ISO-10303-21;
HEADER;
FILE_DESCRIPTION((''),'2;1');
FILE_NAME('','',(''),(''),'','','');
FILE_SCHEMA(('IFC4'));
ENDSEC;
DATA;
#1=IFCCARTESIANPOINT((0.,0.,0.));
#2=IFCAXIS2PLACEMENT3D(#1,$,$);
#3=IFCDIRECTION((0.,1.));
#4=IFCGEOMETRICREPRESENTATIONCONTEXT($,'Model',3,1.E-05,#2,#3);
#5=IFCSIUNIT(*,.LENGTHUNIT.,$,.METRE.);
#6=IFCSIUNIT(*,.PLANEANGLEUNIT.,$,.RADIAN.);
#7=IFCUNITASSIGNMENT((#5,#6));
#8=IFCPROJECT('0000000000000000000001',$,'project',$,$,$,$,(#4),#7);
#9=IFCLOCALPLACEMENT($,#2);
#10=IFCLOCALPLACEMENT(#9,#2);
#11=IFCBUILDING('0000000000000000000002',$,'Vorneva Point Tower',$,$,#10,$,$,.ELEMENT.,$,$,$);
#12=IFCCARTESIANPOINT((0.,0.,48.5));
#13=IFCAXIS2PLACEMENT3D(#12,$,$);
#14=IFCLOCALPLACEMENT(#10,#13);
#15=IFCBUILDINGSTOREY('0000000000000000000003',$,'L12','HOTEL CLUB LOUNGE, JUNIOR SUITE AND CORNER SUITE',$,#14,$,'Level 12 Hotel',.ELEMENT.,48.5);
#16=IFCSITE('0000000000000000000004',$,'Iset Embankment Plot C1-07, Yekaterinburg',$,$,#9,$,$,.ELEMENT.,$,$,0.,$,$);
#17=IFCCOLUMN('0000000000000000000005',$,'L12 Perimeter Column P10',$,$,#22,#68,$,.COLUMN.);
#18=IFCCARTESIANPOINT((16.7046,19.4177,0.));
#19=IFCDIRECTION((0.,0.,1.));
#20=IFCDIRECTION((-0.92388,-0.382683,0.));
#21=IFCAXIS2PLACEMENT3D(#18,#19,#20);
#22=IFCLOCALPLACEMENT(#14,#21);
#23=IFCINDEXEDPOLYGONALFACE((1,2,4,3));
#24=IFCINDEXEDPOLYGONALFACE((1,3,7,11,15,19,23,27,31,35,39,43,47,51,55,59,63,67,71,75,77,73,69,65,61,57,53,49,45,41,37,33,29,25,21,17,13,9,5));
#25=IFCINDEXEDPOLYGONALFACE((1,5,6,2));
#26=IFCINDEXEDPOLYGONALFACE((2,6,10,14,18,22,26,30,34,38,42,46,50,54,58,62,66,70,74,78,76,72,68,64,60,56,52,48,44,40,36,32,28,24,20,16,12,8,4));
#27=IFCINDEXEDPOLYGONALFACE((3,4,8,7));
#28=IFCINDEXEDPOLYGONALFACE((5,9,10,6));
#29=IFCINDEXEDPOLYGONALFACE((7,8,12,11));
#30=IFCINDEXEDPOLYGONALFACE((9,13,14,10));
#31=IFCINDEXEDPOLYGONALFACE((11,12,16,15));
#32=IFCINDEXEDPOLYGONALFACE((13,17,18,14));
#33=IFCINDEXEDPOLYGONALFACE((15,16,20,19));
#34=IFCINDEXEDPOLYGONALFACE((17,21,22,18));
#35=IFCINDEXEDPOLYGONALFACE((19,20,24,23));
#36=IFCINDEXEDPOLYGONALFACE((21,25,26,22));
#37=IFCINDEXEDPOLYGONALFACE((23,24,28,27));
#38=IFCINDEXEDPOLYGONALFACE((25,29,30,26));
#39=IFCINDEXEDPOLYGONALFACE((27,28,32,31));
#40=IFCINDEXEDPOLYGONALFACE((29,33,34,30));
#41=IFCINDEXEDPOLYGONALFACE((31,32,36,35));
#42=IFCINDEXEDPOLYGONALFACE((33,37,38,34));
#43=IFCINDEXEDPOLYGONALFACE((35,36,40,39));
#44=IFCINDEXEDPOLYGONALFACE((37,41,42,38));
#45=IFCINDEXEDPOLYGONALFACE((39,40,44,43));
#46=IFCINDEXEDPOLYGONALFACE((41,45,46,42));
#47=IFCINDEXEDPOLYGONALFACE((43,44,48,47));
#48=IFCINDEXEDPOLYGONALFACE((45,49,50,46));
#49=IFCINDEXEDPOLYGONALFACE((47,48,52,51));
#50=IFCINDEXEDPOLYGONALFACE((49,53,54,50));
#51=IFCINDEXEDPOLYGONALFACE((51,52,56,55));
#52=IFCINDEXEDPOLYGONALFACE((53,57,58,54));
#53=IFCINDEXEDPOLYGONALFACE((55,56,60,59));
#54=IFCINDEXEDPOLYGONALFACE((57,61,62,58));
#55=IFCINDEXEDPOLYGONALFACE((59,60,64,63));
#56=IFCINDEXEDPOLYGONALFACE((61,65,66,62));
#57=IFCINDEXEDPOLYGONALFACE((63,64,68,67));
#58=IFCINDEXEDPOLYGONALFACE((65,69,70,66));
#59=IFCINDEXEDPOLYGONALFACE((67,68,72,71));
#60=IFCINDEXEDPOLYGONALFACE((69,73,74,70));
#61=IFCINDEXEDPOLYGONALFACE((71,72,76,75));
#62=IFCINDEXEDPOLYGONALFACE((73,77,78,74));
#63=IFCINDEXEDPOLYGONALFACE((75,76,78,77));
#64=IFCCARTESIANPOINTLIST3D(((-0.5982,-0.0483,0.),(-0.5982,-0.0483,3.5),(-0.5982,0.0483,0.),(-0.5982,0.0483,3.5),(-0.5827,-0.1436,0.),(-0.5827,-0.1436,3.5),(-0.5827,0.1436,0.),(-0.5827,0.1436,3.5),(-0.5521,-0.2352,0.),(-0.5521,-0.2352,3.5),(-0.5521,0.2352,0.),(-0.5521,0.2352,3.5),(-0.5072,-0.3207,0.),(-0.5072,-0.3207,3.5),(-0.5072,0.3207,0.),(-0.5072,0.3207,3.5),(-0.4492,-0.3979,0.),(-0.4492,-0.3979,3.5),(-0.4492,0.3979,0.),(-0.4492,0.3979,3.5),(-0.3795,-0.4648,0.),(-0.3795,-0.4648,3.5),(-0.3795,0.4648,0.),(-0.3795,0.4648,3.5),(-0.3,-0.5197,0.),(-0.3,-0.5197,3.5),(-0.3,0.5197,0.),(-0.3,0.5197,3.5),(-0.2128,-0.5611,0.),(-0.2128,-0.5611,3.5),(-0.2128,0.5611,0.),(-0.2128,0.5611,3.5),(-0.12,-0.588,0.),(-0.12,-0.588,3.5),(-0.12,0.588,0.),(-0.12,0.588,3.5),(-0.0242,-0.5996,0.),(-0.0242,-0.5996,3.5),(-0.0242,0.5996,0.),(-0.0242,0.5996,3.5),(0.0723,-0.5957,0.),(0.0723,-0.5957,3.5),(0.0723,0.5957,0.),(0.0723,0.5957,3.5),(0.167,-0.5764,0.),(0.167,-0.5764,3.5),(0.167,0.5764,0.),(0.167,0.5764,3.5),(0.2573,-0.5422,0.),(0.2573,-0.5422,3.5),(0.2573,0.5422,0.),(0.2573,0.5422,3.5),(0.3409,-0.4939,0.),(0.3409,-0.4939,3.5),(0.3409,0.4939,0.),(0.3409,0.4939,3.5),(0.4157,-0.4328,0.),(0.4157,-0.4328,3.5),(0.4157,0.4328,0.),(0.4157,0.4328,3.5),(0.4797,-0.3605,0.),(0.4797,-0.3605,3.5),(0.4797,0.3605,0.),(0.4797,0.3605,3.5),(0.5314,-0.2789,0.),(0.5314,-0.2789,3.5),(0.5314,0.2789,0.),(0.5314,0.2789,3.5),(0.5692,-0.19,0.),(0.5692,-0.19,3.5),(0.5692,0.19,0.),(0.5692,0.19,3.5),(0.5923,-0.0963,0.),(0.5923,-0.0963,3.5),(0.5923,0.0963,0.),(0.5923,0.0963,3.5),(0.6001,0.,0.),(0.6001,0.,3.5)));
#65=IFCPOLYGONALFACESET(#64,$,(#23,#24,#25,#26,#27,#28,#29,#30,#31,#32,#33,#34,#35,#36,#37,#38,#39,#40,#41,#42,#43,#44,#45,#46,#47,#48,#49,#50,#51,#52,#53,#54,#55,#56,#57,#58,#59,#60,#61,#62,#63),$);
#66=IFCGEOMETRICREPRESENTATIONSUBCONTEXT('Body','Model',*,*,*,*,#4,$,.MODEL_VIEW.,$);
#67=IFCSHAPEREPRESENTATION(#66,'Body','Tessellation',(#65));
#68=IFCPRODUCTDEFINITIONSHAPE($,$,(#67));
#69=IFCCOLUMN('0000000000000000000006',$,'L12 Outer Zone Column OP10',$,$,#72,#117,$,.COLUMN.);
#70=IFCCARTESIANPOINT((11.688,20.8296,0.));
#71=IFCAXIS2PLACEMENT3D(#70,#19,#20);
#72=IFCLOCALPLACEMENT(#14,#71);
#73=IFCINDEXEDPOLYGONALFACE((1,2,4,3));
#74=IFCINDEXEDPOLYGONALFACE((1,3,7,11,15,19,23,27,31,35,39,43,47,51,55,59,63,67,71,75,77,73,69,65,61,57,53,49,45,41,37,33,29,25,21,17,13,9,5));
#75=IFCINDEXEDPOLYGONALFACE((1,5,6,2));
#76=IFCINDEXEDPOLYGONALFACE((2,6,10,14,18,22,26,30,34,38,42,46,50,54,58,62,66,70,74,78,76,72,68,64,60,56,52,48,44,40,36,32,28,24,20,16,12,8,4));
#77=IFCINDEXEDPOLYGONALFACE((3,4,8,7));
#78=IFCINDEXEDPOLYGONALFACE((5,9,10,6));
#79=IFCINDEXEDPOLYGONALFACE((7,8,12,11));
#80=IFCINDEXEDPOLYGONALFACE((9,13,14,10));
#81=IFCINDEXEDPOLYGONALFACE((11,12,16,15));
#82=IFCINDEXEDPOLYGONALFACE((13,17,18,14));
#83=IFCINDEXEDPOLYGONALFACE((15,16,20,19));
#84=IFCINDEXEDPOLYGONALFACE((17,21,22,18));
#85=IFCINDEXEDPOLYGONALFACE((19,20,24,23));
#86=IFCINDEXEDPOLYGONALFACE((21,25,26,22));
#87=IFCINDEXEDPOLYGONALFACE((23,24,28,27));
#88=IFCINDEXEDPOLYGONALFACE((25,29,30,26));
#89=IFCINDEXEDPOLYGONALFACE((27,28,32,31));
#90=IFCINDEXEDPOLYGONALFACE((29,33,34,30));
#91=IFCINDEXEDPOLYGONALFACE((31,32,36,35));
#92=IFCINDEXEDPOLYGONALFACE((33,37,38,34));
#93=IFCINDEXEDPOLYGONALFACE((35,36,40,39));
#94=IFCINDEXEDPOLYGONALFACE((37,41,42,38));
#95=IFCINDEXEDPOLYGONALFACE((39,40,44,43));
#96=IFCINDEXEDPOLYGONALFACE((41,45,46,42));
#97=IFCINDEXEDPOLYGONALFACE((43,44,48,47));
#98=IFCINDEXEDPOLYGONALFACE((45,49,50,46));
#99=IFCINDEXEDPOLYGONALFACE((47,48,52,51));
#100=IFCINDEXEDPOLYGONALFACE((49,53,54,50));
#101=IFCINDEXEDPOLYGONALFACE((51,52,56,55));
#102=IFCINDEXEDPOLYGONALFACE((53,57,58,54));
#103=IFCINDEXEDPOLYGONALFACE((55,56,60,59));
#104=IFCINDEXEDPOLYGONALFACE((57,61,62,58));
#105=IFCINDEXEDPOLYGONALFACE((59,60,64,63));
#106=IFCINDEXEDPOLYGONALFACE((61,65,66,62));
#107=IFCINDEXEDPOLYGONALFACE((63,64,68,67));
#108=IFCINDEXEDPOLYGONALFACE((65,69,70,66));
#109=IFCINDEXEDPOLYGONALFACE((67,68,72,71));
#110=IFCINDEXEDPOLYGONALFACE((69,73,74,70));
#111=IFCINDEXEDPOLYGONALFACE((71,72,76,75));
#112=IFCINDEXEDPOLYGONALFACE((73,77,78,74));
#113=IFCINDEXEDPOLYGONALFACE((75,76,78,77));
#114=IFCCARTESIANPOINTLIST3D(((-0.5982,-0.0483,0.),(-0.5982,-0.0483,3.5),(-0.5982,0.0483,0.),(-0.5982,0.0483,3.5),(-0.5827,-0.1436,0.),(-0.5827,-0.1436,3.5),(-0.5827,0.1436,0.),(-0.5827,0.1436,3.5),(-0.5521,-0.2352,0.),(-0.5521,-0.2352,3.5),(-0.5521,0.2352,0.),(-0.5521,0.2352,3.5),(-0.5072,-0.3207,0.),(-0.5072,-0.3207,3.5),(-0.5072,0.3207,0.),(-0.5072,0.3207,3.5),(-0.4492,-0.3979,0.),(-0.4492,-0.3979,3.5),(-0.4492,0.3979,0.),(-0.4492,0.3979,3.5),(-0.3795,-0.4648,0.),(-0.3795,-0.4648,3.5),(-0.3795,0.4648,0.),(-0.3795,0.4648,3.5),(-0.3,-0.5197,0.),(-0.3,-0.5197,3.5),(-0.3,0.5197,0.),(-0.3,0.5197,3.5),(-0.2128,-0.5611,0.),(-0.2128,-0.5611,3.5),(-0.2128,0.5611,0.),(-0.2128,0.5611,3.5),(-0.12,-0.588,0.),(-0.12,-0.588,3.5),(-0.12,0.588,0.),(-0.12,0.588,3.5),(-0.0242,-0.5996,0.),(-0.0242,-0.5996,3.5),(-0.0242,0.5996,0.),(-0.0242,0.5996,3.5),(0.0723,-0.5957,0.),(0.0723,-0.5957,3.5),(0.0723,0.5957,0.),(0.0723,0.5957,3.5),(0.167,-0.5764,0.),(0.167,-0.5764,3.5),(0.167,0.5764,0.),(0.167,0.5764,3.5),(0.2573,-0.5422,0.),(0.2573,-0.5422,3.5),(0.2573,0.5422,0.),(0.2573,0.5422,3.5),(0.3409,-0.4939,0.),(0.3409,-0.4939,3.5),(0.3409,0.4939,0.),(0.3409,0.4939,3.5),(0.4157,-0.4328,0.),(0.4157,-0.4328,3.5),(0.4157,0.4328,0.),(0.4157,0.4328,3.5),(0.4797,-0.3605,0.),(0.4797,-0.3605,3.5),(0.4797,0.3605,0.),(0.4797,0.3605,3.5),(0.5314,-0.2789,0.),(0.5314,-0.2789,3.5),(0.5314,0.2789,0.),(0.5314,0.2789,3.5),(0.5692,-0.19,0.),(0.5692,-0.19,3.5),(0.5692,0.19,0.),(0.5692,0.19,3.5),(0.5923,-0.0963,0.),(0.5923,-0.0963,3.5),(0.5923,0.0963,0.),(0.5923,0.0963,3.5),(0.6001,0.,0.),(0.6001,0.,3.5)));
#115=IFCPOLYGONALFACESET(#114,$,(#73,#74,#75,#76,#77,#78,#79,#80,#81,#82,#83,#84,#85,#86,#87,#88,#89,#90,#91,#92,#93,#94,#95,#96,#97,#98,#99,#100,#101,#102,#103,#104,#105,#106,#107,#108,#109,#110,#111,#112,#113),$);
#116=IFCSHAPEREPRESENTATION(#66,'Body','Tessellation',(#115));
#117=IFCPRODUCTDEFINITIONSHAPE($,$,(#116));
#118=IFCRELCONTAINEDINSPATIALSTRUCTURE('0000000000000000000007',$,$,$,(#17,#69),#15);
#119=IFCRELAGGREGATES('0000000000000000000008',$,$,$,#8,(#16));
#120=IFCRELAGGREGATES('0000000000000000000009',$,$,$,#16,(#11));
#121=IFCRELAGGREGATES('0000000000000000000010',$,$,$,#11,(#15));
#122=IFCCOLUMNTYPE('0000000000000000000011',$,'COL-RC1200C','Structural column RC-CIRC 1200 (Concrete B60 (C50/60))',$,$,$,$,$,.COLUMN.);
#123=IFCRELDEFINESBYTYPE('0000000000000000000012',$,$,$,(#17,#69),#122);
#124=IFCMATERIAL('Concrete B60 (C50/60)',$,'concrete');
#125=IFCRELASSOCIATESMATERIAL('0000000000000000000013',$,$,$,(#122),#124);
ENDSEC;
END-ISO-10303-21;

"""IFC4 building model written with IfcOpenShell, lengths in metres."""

from ifc_helpers import new_model, si_unit, direction, frame, origin, origin_2d, place, context, subcontext, project, spatial, circle, extrude, material, material_profile, profile_set, type_object, element, save


model = new_model("IFC4")

# Units and contexts
model_context = context("Model", 3, precision=1e-05, world=origin(), true_north=direction((0.0, 1.0)))
body_context = subcontext(model_context, "Body", "Model", "MODEL_VIEW")
ifc_project = project(units=[si_unit("LENGTHUNIT", "METRE"), si_unit("PLANEANGLEUNIT", "RADIAN")], contexts=[model_context])

# Site, building, storey
site_placement = place(None, origin())
site = spatial("IfcSite", under=ifc_project, at=site_placement, Name="Iset Embankment Plot C1-07, Yekaterinburg", CompositionType="ELEMENT", RefElevation=0.0)
building_placement = place(site_placement, origin())
building = spatial("IfcBuilding", under=site, at=building_placement, Name="Vorneva Point Tower", CompositionType="ELEMENT")
storey_placement = place(building_placement, frame((0.0, 0.0, 48.5)))
storey = spatial("IfcBuildingStorey", under=building, at=storey_placement, Name="L12", Description="HOTEL CLUB LOUNGE, JUNIOR SUITE AND CORNER SUITE", LongName="Level 12 Hotel", CompositionType="ELEMENT", Elevation=48.5)

# Columns
ifc_material_1 = material(Name="Concrete B60 (C50/60)", Category="concrete")
ifc_material_profile_1 = material_profile(ifc_material_1, circle(Radius=0.6001, at=origin_2d()), Name="RC-CIRC 1200")
ifc_profile_set_1 = profile_set([ifc_material_profile_1], Name="Concrete B60 (C50/60)")
column_type = type_object("IfcColumnType", Name="COL-RC1200C", Description="Structural column RC-CIRC 1200 (Concrete B60 (C50/60))", PredefinedType="COLUMN", material=ifc_profile_set_1)
for number, where, z_axis, x_axis, name in (
    (1, (16.7046, 19.4177, 0.0), (0.0, 0.0, 1.0), (-0.92388, -0.382683, 0.0), "L12 Perimeter Column P10"),
    (2, (11.688, 20.8296, 0.0), (0.0, 0.0, 1.0), (-0.92388, -0.382683, 0.0), "L12 Outer Zone Column OP10"),
):
    element("IfcColumn", number, at=place(storey_placement, frame(where, z_axis=z_axis, x_axis=x_axis)), inside=storey, type_object=column_type, Name=name, PredefinedType="COLUMN", context=body_context, shape_type="SweptSolid", body=[
        extrude(circle(Radius=0.6001, at=origin_2d()), origin(), (0.0, 0.0, 1.0), 3.5),
    ])

save(model, "model.ifc")
